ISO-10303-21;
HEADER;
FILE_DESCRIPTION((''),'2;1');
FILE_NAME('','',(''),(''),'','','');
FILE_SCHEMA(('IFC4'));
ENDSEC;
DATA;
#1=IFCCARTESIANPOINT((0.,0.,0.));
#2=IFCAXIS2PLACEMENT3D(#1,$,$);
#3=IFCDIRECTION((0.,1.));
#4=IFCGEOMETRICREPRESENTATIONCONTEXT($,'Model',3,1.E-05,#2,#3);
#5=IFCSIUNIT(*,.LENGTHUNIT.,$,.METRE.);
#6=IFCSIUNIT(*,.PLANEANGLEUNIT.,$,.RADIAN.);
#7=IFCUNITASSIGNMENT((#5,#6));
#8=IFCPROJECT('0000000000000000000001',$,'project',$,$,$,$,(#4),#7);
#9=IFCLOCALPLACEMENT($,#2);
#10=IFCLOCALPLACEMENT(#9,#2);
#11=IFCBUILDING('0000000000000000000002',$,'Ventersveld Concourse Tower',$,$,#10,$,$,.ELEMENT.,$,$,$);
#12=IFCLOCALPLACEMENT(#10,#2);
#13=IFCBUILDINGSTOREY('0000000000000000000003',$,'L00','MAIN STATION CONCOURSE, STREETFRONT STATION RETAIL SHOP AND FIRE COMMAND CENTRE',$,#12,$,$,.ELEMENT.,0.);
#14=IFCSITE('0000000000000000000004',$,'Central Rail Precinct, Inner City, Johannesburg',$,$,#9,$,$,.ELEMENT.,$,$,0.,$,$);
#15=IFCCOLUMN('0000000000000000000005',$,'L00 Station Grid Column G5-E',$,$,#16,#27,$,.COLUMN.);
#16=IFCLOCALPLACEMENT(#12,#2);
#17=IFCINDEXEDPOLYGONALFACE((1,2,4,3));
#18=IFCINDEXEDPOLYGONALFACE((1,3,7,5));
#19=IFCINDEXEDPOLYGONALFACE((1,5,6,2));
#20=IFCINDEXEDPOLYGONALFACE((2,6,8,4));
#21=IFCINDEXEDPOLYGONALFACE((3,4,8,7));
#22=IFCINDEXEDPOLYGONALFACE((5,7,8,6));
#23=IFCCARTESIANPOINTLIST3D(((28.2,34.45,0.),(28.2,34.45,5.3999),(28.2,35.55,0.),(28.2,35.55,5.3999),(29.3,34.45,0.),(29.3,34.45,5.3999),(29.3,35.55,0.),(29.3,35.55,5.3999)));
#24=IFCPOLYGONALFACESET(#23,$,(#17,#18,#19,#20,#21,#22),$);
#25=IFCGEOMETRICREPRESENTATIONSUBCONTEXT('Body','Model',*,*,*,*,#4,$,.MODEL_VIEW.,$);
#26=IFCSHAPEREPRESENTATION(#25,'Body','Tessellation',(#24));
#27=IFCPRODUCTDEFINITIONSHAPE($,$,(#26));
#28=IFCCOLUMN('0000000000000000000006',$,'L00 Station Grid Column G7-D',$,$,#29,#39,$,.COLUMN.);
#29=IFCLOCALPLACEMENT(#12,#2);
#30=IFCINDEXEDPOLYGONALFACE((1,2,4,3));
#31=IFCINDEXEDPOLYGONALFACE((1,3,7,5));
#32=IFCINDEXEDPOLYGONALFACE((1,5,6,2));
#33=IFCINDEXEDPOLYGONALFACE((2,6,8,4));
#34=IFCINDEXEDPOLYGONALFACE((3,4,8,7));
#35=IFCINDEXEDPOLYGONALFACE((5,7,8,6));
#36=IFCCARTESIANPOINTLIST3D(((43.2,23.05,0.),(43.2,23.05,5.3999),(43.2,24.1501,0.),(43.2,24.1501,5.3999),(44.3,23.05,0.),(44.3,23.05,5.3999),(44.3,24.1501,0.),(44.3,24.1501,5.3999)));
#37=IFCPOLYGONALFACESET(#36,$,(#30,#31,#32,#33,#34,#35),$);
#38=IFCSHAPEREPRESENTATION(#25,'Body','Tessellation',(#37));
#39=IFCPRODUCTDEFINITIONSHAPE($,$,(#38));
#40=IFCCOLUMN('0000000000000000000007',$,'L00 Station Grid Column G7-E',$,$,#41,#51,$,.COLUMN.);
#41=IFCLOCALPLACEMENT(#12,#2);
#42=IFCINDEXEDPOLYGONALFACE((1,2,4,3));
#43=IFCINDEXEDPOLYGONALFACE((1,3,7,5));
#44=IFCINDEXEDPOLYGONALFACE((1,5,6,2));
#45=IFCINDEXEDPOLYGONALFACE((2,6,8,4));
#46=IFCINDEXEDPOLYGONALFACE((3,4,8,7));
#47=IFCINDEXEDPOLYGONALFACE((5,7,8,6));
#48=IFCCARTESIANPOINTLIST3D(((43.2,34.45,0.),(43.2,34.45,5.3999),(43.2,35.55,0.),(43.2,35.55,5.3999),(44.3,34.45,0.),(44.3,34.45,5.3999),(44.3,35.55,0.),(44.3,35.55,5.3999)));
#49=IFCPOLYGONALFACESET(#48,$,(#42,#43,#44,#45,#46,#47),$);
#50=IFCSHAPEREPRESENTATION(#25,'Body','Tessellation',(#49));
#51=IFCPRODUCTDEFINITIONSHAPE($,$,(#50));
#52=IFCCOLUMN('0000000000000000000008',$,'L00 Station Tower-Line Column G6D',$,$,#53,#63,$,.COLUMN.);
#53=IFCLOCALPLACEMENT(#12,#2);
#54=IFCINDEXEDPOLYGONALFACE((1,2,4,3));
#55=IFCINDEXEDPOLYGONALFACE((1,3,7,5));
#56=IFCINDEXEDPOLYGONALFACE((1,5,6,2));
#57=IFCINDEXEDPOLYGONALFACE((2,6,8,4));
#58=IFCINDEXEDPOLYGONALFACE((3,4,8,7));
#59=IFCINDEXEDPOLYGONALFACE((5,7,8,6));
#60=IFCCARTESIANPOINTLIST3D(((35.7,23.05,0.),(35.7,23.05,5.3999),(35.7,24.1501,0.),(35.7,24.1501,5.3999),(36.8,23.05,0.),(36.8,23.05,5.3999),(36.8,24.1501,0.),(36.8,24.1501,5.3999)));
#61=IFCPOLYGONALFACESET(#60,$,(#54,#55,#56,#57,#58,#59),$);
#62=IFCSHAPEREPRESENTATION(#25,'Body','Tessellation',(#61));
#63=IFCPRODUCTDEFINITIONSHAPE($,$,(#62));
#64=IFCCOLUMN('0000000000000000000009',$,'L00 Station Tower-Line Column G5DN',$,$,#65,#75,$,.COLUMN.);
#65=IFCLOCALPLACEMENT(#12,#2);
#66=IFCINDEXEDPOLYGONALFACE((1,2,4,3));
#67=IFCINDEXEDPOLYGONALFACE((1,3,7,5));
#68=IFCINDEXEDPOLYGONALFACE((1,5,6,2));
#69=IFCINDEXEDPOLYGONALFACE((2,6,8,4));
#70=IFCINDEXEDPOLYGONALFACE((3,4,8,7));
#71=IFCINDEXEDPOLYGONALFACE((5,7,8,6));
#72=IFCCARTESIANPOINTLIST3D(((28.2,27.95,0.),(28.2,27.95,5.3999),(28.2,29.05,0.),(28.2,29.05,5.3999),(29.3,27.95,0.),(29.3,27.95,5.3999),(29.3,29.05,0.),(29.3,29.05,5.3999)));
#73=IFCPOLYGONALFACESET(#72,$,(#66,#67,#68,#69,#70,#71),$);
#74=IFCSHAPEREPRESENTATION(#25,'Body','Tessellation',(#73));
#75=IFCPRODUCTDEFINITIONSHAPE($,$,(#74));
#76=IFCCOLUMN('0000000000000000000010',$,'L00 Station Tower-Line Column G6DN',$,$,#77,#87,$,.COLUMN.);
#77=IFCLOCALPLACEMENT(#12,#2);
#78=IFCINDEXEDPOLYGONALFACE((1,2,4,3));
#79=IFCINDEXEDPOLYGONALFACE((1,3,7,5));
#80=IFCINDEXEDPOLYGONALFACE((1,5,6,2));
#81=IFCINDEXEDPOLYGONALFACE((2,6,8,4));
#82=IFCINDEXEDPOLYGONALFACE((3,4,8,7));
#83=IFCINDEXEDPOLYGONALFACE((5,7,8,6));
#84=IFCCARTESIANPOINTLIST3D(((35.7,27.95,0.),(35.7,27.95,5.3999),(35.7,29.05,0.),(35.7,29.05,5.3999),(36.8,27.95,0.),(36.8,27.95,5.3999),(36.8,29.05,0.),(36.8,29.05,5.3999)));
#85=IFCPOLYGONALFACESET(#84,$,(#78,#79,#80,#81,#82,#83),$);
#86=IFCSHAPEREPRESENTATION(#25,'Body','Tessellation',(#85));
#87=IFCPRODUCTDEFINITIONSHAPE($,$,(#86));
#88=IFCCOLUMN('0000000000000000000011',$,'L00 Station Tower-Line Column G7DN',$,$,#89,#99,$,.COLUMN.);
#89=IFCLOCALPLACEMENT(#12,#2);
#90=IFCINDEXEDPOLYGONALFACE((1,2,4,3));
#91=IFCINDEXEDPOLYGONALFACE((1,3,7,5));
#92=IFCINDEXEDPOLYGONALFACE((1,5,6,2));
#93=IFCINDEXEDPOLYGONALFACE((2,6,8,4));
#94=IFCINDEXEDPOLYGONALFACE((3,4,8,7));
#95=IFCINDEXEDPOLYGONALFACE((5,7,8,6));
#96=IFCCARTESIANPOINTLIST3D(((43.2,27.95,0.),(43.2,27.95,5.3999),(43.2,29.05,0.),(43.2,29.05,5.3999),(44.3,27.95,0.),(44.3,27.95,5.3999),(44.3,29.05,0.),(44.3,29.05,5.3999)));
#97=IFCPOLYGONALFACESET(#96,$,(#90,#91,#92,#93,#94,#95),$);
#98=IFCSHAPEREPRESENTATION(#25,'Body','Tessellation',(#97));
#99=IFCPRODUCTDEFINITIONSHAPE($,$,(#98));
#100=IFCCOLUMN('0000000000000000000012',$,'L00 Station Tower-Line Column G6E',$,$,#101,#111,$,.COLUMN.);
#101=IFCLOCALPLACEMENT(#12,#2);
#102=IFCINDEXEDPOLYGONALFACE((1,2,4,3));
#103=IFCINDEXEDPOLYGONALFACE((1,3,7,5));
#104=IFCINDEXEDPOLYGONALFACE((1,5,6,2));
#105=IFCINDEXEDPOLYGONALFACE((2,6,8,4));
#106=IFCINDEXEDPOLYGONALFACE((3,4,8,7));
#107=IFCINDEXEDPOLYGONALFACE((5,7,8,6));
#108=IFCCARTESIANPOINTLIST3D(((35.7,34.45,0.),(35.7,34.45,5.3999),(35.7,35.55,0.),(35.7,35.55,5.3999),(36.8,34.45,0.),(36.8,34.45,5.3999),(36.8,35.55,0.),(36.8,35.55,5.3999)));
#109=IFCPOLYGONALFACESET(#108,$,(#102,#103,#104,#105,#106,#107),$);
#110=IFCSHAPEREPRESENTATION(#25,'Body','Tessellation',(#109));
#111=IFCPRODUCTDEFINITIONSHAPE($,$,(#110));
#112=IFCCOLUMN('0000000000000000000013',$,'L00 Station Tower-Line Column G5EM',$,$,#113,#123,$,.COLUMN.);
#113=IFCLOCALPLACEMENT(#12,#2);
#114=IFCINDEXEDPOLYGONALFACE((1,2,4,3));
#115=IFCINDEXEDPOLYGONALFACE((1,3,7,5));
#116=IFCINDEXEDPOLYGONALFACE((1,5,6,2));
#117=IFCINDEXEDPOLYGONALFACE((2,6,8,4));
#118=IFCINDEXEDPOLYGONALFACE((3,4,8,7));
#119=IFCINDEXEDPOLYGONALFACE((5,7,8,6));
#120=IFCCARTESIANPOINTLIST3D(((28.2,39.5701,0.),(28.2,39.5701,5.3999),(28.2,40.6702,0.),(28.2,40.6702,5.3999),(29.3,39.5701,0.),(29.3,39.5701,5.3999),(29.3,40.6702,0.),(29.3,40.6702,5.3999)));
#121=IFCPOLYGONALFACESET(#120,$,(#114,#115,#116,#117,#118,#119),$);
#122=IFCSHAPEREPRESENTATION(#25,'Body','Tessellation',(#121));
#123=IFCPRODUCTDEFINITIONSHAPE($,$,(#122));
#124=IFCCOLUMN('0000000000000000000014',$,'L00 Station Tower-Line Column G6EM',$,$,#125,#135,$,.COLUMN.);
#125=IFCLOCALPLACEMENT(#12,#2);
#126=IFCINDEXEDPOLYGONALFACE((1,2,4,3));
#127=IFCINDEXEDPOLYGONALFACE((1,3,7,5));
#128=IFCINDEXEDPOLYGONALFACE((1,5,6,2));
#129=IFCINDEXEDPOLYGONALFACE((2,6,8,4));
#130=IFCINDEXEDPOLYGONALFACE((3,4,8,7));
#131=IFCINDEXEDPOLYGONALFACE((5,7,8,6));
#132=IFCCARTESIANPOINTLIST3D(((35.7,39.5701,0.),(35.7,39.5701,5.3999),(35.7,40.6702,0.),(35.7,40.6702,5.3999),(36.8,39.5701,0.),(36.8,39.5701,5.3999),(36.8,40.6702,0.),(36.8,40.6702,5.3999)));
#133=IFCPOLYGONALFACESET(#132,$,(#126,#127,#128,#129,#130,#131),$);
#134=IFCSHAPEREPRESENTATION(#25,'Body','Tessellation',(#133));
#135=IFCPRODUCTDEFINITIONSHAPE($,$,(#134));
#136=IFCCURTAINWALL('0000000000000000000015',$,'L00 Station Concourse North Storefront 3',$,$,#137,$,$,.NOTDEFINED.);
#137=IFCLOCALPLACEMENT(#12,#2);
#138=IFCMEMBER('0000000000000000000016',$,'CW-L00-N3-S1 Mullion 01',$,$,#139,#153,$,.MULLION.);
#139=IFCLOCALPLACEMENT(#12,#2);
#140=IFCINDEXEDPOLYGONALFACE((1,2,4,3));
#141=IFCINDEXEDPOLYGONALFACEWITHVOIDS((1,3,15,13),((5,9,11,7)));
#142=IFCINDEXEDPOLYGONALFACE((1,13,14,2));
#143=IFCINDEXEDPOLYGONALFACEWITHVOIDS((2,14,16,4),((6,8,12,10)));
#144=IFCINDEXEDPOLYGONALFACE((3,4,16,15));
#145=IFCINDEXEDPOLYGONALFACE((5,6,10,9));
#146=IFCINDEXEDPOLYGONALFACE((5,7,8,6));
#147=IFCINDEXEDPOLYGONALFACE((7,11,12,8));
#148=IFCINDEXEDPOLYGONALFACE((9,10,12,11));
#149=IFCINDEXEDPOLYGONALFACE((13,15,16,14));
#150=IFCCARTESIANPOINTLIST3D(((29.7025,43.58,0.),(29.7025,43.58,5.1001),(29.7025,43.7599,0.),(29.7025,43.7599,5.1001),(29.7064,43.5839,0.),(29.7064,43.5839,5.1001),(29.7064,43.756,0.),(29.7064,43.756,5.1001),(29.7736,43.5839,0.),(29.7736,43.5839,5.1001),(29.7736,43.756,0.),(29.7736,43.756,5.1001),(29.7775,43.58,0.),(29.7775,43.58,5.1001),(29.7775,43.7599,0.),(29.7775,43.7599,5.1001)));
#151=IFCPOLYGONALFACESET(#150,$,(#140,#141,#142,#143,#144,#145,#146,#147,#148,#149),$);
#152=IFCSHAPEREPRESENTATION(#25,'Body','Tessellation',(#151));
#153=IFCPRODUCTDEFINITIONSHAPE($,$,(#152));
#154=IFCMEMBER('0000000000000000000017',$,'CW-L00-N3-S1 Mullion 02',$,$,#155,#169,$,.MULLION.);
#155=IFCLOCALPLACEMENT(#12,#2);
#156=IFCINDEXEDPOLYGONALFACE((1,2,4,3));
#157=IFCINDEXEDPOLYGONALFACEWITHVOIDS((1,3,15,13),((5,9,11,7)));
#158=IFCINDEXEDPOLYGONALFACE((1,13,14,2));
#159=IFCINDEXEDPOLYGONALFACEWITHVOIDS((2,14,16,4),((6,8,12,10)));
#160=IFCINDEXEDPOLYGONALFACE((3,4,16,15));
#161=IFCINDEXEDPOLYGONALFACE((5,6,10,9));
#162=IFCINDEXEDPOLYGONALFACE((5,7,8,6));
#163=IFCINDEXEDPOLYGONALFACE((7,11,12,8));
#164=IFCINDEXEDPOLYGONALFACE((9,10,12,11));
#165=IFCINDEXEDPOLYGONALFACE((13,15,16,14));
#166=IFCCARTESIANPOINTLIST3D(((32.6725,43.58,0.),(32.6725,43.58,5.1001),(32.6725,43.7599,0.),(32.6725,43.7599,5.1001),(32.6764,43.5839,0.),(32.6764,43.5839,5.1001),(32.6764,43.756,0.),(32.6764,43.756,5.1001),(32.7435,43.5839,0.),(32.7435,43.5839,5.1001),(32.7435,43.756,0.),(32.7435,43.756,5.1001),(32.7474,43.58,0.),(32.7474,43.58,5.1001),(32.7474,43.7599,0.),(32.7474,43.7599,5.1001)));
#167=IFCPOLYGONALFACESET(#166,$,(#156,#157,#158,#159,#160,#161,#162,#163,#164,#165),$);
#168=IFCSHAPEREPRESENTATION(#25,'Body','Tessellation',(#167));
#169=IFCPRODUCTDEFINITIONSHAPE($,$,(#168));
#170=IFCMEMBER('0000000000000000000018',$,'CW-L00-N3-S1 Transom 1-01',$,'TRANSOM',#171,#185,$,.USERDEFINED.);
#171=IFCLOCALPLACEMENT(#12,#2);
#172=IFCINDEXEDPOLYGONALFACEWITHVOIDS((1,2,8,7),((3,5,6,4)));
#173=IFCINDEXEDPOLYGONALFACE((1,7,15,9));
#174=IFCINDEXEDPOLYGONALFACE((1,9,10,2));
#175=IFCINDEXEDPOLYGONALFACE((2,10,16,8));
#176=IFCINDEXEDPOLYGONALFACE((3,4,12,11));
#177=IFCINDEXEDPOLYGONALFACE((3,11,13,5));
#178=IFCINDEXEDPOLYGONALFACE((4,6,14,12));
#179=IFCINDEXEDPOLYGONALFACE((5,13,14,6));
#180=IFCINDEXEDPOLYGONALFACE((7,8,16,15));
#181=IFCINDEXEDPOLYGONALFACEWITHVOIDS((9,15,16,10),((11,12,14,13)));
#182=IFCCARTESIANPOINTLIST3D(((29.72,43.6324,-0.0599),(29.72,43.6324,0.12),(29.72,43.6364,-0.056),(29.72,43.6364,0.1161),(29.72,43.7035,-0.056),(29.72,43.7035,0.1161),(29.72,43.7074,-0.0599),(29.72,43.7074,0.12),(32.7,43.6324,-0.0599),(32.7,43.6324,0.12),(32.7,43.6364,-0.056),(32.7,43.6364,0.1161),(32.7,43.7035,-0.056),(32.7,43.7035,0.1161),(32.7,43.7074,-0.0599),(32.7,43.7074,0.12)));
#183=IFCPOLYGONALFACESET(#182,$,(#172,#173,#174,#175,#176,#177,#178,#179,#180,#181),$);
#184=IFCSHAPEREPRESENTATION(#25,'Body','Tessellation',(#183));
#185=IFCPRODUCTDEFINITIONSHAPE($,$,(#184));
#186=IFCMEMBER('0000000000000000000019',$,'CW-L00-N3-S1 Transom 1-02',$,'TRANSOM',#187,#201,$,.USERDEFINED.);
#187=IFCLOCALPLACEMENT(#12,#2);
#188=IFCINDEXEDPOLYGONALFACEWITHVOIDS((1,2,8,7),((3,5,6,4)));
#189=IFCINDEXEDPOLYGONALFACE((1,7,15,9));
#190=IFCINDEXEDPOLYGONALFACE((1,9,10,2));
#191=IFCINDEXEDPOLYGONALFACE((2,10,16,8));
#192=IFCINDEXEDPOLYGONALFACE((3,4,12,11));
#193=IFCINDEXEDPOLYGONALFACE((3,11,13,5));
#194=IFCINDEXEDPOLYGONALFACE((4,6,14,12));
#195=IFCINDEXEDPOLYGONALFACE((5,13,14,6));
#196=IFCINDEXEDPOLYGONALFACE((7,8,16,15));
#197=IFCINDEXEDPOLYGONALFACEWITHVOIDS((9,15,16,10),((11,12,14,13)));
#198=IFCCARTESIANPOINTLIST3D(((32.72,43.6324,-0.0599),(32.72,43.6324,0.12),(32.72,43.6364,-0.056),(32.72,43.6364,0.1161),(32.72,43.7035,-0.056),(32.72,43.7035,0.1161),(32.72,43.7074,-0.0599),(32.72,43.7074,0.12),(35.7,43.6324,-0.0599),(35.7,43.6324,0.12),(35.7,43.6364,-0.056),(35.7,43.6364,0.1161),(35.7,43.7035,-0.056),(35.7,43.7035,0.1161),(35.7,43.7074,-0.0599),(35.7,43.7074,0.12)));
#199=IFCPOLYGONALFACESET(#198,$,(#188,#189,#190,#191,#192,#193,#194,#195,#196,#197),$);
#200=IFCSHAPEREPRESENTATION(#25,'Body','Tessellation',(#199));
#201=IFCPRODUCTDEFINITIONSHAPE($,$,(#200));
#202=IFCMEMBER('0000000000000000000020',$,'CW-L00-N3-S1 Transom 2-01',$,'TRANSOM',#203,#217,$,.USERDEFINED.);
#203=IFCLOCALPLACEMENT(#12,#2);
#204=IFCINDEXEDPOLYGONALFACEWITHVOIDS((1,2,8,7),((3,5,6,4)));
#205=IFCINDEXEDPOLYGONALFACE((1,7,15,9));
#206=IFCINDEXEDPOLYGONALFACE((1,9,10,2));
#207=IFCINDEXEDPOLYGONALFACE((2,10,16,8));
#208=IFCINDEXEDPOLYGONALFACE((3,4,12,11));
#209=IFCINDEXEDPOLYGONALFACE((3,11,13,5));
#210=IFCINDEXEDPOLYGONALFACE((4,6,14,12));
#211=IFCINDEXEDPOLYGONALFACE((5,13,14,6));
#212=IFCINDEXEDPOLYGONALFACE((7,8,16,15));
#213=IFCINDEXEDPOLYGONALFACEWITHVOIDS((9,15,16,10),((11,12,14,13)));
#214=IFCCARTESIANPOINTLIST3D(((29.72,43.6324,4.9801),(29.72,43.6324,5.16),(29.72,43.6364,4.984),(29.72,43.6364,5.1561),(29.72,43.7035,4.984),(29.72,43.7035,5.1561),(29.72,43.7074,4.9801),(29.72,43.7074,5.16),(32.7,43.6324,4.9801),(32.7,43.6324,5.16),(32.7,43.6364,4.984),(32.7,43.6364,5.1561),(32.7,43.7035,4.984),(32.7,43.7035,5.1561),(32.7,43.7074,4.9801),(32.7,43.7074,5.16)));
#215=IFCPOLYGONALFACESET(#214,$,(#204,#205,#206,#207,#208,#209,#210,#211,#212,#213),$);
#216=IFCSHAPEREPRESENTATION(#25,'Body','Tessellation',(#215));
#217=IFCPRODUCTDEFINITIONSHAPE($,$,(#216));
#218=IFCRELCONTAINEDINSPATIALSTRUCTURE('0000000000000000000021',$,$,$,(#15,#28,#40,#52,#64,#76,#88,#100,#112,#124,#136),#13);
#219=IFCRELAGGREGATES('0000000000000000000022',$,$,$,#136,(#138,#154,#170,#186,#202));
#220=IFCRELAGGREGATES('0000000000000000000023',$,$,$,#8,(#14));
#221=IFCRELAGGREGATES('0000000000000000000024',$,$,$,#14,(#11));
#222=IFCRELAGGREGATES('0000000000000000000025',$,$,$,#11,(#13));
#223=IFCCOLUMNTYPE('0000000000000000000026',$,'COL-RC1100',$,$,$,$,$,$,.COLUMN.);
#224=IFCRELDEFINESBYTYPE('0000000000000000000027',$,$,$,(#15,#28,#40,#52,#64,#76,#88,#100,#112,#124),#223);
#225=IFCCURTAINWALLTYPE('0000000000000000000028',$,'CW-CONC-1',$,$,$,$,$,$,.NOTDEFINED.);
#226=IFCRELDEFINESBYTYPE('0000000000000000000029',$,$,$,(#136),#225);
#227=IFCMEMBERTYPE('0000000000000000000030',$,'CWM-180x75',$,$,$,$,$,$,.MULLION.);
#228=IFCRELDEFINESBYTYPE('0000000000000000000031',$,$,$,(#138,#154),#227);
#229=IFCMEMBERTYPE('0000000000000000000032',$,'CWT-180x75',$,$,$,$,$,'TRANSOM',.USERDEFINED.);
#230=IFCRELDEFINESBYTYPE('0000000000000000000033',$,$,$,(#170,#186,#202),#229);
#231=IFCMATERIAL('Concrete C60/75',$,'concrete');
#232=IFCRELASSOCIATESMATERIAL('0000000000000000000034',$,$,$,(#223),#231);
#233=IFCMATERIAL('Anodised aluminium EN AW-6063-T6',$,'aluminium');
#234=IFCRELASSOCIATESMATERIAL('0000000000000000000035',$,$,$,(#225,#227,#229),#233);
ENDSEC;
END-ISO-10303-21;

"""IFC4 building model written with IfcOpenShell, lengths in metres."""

from ifc_helpers import new_model, si_unit, direction, frame, origin, origin_2d, place, context, subcontext, project, spatial, rectangle, hollow_rectangle, extrude, material, material_profile, profile_set, type_object, element, aggregate, save


model = new_model("IFC4")

# Units and contexts
model_context = context("Model", 3, precision=1e-05, world=origin(), true_north=direction((0.0, 1.0)))
body_context = subcontext(model_context, "Body", "Model", "MODEL_VIEW")
ifc_project = project(units=[si_unit("LENGTHUNIT", "METRE"), si_unit("PLANEANGLEUNIT", "RADIAN")], contexts=[model_context])

# Site, building, storey
site_placement = place(None, origin())
site = spatial("IfcSite", under=ifc_project, at=site_placement, Name="Central Rail Precinct, Inner City, Johannesburg", CompositionType="ELEMENT", RefElevation=0.0)
building_placement = place(site_placement, origin())
building = spatial("IfcBuilding", under=site, at=building_placement, Name="Ventersveld Concourse Tower", CompositionType="ELEMENT")
storey_placement = place(building_placement, origin())
storey = spatial("IfcBuildingStorey", under=building, at=storey_placement, Name="L00", Description="MAIN STATION CONCOURSE, STREETFRONT STATION RETAIL SHOP AND FIRE COMMAND CENTRE", CompositionType="ELEMENT", Elevation=0.0)

# Columns
ifc_material_1 = material(Name="Concrete C60/75", Category="concrete")
ifc_material_profile_1 = material_profile(ifc_material_1, rectangle(XDim=1.1001, YDim=1.1001, at=origin_2d()), Name="RC 1100x1100")
ifc_profile_set_1 = profile_set([ifc_material_profile_1], Name="Concrete C60/75")
column_type = type_object("IfcColumnType", Name="COL-RC1100", PredefinedType="COLUMN", material=ifc_profile_set_1)
for number, where, z_axis, x_axis, name in (
    (1, (28.75, 35.0, 0.0), (0.0, 0.0, 1.0), (1.0, 0.0, 0.0), "L00 Station Grid Column G5-E"),
    (2, (43.75, 23.6001, 0.0), (0.0, 0.0, 1.0), (1.0, 0.0, 0.0), "L00 Station Grid Column G7-D"),
    (3, (43.75, 35.0, 0.0), (0.0, 0.0, 1.0), (1.0, 0.0, 0.0), "L00 Station Grid Column G7-E"),
    (4, (36.25, 23.6001, 0.0), (0.0, 0.0, 1.0), (1.0, 0.0, 0.0), "L00 Station Tower-Line Column G6D"),
    (5, (28.75, 28.5, 0.0), (0.0, 0.0, 1.0), (1.0, 0.0, 0.0), "L00 Station Tower-Line Column G5DN"),
    (6, (36.25, 28.5, 0.0), (0.0, 0.0, 1.0), (1.0, 0.0, 0.0), "L00 Station Tower-Line Column G6DN"),
    (7, (43.75, 28.5, 0.0), (0.0, 0.0, 1.0), (1.0, 0.0, 0.0), "L00 Station Tower-Line Column G7DN"),
    (8, (36.25, 35.0, 0.0), (0.0, 0.0, 1.0), (1.0, 0.0, 0.0), "L00 Station Tower-Line Column G6E"),
    (9, (28.75, 40.1201, 0.0), (0.0, 0.0, 1.0), (1.0, 0.0, 0.0), "L00 Station Tower-Line Column G5EM"),
    (10, (36.25, 40.1201, 0.0), (0.0, 0.0, 1.0), (1.0, 0.0, 0.0), "L00 Station Tower-Line Column G6EM"),
):
    element("IfcColumn", number, at=place(storey_placement, frame(where, z_axis=z_axis, x_axis=x_axis)), inside=storey, type_object=column_type, Name=name, PredefinedType="COLUMN", context=body_context, shape_type="SweptSolid", body=[
        extrude(rectangle(XDim=1.1001, YDim=1.1001, at=origin_2d()), origin(), (0.0, 0.0, 1.0), 5.3999),
    ])

# Curtain wall, members
ifc_material_2 = material(Name="Anodised aluminium EN AW-6063-T6", Category="aluminium")
curtain_wall_type = type_object("IfcCurtainWallType", Name="CW-CONC-1", PredefinedType="NOTDEFINED", material=ifc_material_2)
curtain_wall_placement = place(storey_placement, origin())
curtain_wall = element("IfcCurtainWall", 11, at=curtain_wall_placement, inside=storey, type_object=curtain_wall_type, Name="L00 Station Concourse North Storefront 3", PredefinedType="NOTDEFINED")
ifc_material_profile_2 = material_profile(ifc_material_2, hollow_rectangle(XDim=0.075, YDim=0.1799, WallThickness=0.0039, at=origin_2d()), Name="ALU 180x75x4")
ifc_profile_set_2 = profile_set([ifc_material_profile_2], Name="Anodised aluminium EN AW-6063-T6")
member_type_1 = type_object("IfcMemberType", Name="CWM-180x75", PredefinedType="MULLION", material=ifc_profile_set_2)
member_1_placement = place(storey_placement, frame((29.74, 43.6699, 0.0), z_axis=(0.0, 0.0, 1.0), x_axis=(1.0, 0.0, 0.0)))
member_1 = element("IfcMember", 12, at=member_1_placement, type_object=member_type_1, Name="CW-L00-N3-S1 Mullion 01", PredefinedType="MULLION", context=body_context, shape_type="SweptSolid", body=[
    extrude(hollow_rectangle(XDim=0.075, YDim=0.1799, WallThickness=0.0039, at=origin_2d()), origin(), (0.0, 0.0, 1.0), 5.1001),
])
member_2_placement = place(storey_placement, frame((32.71, 43.6699, 0.0), z_axis=(0.0, 0.0, 1.0), x_axis=(1.0, 0.0, 0.0)))
member_2 = element("IfcMember", 13, at=member_2_placement, type_object=member_type_1, Name="CW-L00-N3-S1 Mullion 02", PredefinedType="MULLION", context=body_context, shape_type="SweptSolid", body=[
    extrude(hollow_rectangle(XDim=0.075, YDim=0.1799, WallThickness=0.0039, at=origin_2d()), origin(), (0.0, 0.0, 1.0), 5.1001),
])
ifc_material_profile_3 = material_profile(ifc_material_2, hollow_rectangle(XDim=0.075, YDim=0.1799, WallThickness=0.0039, at=origin_2d()), Name="ALU 180x75x4")
ifc_profile_set_3 = profile_set([ifc_material_profile_3], Name="Anodised aluminium EN AW-6063-T6")
member_type_2 = type_object("IfcMemberType", Name="CWT-180x75", ElementType="TRANSOM", PredefinedType="USERDEFINED", material=ifc_profile_set_3)
member_3_placement = place(storey_placement, frame((29.72, 43.6699, 0.03), z_axis=(1.0, 0.0, 0.0), x_axis=(0.0, 1.0, 0.0)))
member_3 = element("IfcMember", 14, at=member_3_placement, type_object=member_type_2, Name="CW-L00-N3-S1 Transom 1-01", ObjectType="TRANSOM", PredefinedType="USERDEFINED", context=body_context, shape_type="SweptSolid", body=[
    extrude(hollow_rectangle(XDim=0.075, YDim=0.1799, WallThickness=0.0039, at=origin_2d()), origin(), (0.0, 0.0, 1.0), 2.98),
])
member_4_placement = place(storey_placement, frame((32.72, 43.6699, 0.03), z_axis=(1.0, 0.0, 0.0), x_axis=(0.0, 1.0, 0.0)))
member_4 = element("IfcMember", 15, at=member_4_placement, type_object=member_type_2, Name="CW-L00-N3-S1 Transom 1-02", ObjectType="TRANSOM", PredefinedType="USERDEFINED", context=body_context, shape_type="SweptSolid", body=[
    extrude(hollow_rectangle(XDim=0.075, YDim=0.1799, WallThickness=0.0039, at=origin_2d()), origin(), (0.0, 0.0, 1.0), 2.98),
])
member_5_placement = place(storey_placement, frame((29.72, 43.6699, 5.0701), z_axis=(1.0, 0.0, 0.0), x_axis=(0.0, 1.0, 0.0)))
member_5 = element("IfcMember", 16, at=member_5_placement, type_object=member_type_2, Name="CW-L00-N3-S1 Transom 2-01", ObjectType="TRANSOM", PredefinedType="USERDEFINED", context=body_context, shape_type="SweptSolid", body=[
    extrude(hollow_rectangle(XDim=0.075, YDim=0.1799, WallThickness=0.0039, at=origin_2d()), origin(), (0.0, 0.0, 1.0), 2.98),
])

aggregate(curtain_wall, [member_1, member_2, member_3, member_4, member_5])

save(model, "model.ifc")
